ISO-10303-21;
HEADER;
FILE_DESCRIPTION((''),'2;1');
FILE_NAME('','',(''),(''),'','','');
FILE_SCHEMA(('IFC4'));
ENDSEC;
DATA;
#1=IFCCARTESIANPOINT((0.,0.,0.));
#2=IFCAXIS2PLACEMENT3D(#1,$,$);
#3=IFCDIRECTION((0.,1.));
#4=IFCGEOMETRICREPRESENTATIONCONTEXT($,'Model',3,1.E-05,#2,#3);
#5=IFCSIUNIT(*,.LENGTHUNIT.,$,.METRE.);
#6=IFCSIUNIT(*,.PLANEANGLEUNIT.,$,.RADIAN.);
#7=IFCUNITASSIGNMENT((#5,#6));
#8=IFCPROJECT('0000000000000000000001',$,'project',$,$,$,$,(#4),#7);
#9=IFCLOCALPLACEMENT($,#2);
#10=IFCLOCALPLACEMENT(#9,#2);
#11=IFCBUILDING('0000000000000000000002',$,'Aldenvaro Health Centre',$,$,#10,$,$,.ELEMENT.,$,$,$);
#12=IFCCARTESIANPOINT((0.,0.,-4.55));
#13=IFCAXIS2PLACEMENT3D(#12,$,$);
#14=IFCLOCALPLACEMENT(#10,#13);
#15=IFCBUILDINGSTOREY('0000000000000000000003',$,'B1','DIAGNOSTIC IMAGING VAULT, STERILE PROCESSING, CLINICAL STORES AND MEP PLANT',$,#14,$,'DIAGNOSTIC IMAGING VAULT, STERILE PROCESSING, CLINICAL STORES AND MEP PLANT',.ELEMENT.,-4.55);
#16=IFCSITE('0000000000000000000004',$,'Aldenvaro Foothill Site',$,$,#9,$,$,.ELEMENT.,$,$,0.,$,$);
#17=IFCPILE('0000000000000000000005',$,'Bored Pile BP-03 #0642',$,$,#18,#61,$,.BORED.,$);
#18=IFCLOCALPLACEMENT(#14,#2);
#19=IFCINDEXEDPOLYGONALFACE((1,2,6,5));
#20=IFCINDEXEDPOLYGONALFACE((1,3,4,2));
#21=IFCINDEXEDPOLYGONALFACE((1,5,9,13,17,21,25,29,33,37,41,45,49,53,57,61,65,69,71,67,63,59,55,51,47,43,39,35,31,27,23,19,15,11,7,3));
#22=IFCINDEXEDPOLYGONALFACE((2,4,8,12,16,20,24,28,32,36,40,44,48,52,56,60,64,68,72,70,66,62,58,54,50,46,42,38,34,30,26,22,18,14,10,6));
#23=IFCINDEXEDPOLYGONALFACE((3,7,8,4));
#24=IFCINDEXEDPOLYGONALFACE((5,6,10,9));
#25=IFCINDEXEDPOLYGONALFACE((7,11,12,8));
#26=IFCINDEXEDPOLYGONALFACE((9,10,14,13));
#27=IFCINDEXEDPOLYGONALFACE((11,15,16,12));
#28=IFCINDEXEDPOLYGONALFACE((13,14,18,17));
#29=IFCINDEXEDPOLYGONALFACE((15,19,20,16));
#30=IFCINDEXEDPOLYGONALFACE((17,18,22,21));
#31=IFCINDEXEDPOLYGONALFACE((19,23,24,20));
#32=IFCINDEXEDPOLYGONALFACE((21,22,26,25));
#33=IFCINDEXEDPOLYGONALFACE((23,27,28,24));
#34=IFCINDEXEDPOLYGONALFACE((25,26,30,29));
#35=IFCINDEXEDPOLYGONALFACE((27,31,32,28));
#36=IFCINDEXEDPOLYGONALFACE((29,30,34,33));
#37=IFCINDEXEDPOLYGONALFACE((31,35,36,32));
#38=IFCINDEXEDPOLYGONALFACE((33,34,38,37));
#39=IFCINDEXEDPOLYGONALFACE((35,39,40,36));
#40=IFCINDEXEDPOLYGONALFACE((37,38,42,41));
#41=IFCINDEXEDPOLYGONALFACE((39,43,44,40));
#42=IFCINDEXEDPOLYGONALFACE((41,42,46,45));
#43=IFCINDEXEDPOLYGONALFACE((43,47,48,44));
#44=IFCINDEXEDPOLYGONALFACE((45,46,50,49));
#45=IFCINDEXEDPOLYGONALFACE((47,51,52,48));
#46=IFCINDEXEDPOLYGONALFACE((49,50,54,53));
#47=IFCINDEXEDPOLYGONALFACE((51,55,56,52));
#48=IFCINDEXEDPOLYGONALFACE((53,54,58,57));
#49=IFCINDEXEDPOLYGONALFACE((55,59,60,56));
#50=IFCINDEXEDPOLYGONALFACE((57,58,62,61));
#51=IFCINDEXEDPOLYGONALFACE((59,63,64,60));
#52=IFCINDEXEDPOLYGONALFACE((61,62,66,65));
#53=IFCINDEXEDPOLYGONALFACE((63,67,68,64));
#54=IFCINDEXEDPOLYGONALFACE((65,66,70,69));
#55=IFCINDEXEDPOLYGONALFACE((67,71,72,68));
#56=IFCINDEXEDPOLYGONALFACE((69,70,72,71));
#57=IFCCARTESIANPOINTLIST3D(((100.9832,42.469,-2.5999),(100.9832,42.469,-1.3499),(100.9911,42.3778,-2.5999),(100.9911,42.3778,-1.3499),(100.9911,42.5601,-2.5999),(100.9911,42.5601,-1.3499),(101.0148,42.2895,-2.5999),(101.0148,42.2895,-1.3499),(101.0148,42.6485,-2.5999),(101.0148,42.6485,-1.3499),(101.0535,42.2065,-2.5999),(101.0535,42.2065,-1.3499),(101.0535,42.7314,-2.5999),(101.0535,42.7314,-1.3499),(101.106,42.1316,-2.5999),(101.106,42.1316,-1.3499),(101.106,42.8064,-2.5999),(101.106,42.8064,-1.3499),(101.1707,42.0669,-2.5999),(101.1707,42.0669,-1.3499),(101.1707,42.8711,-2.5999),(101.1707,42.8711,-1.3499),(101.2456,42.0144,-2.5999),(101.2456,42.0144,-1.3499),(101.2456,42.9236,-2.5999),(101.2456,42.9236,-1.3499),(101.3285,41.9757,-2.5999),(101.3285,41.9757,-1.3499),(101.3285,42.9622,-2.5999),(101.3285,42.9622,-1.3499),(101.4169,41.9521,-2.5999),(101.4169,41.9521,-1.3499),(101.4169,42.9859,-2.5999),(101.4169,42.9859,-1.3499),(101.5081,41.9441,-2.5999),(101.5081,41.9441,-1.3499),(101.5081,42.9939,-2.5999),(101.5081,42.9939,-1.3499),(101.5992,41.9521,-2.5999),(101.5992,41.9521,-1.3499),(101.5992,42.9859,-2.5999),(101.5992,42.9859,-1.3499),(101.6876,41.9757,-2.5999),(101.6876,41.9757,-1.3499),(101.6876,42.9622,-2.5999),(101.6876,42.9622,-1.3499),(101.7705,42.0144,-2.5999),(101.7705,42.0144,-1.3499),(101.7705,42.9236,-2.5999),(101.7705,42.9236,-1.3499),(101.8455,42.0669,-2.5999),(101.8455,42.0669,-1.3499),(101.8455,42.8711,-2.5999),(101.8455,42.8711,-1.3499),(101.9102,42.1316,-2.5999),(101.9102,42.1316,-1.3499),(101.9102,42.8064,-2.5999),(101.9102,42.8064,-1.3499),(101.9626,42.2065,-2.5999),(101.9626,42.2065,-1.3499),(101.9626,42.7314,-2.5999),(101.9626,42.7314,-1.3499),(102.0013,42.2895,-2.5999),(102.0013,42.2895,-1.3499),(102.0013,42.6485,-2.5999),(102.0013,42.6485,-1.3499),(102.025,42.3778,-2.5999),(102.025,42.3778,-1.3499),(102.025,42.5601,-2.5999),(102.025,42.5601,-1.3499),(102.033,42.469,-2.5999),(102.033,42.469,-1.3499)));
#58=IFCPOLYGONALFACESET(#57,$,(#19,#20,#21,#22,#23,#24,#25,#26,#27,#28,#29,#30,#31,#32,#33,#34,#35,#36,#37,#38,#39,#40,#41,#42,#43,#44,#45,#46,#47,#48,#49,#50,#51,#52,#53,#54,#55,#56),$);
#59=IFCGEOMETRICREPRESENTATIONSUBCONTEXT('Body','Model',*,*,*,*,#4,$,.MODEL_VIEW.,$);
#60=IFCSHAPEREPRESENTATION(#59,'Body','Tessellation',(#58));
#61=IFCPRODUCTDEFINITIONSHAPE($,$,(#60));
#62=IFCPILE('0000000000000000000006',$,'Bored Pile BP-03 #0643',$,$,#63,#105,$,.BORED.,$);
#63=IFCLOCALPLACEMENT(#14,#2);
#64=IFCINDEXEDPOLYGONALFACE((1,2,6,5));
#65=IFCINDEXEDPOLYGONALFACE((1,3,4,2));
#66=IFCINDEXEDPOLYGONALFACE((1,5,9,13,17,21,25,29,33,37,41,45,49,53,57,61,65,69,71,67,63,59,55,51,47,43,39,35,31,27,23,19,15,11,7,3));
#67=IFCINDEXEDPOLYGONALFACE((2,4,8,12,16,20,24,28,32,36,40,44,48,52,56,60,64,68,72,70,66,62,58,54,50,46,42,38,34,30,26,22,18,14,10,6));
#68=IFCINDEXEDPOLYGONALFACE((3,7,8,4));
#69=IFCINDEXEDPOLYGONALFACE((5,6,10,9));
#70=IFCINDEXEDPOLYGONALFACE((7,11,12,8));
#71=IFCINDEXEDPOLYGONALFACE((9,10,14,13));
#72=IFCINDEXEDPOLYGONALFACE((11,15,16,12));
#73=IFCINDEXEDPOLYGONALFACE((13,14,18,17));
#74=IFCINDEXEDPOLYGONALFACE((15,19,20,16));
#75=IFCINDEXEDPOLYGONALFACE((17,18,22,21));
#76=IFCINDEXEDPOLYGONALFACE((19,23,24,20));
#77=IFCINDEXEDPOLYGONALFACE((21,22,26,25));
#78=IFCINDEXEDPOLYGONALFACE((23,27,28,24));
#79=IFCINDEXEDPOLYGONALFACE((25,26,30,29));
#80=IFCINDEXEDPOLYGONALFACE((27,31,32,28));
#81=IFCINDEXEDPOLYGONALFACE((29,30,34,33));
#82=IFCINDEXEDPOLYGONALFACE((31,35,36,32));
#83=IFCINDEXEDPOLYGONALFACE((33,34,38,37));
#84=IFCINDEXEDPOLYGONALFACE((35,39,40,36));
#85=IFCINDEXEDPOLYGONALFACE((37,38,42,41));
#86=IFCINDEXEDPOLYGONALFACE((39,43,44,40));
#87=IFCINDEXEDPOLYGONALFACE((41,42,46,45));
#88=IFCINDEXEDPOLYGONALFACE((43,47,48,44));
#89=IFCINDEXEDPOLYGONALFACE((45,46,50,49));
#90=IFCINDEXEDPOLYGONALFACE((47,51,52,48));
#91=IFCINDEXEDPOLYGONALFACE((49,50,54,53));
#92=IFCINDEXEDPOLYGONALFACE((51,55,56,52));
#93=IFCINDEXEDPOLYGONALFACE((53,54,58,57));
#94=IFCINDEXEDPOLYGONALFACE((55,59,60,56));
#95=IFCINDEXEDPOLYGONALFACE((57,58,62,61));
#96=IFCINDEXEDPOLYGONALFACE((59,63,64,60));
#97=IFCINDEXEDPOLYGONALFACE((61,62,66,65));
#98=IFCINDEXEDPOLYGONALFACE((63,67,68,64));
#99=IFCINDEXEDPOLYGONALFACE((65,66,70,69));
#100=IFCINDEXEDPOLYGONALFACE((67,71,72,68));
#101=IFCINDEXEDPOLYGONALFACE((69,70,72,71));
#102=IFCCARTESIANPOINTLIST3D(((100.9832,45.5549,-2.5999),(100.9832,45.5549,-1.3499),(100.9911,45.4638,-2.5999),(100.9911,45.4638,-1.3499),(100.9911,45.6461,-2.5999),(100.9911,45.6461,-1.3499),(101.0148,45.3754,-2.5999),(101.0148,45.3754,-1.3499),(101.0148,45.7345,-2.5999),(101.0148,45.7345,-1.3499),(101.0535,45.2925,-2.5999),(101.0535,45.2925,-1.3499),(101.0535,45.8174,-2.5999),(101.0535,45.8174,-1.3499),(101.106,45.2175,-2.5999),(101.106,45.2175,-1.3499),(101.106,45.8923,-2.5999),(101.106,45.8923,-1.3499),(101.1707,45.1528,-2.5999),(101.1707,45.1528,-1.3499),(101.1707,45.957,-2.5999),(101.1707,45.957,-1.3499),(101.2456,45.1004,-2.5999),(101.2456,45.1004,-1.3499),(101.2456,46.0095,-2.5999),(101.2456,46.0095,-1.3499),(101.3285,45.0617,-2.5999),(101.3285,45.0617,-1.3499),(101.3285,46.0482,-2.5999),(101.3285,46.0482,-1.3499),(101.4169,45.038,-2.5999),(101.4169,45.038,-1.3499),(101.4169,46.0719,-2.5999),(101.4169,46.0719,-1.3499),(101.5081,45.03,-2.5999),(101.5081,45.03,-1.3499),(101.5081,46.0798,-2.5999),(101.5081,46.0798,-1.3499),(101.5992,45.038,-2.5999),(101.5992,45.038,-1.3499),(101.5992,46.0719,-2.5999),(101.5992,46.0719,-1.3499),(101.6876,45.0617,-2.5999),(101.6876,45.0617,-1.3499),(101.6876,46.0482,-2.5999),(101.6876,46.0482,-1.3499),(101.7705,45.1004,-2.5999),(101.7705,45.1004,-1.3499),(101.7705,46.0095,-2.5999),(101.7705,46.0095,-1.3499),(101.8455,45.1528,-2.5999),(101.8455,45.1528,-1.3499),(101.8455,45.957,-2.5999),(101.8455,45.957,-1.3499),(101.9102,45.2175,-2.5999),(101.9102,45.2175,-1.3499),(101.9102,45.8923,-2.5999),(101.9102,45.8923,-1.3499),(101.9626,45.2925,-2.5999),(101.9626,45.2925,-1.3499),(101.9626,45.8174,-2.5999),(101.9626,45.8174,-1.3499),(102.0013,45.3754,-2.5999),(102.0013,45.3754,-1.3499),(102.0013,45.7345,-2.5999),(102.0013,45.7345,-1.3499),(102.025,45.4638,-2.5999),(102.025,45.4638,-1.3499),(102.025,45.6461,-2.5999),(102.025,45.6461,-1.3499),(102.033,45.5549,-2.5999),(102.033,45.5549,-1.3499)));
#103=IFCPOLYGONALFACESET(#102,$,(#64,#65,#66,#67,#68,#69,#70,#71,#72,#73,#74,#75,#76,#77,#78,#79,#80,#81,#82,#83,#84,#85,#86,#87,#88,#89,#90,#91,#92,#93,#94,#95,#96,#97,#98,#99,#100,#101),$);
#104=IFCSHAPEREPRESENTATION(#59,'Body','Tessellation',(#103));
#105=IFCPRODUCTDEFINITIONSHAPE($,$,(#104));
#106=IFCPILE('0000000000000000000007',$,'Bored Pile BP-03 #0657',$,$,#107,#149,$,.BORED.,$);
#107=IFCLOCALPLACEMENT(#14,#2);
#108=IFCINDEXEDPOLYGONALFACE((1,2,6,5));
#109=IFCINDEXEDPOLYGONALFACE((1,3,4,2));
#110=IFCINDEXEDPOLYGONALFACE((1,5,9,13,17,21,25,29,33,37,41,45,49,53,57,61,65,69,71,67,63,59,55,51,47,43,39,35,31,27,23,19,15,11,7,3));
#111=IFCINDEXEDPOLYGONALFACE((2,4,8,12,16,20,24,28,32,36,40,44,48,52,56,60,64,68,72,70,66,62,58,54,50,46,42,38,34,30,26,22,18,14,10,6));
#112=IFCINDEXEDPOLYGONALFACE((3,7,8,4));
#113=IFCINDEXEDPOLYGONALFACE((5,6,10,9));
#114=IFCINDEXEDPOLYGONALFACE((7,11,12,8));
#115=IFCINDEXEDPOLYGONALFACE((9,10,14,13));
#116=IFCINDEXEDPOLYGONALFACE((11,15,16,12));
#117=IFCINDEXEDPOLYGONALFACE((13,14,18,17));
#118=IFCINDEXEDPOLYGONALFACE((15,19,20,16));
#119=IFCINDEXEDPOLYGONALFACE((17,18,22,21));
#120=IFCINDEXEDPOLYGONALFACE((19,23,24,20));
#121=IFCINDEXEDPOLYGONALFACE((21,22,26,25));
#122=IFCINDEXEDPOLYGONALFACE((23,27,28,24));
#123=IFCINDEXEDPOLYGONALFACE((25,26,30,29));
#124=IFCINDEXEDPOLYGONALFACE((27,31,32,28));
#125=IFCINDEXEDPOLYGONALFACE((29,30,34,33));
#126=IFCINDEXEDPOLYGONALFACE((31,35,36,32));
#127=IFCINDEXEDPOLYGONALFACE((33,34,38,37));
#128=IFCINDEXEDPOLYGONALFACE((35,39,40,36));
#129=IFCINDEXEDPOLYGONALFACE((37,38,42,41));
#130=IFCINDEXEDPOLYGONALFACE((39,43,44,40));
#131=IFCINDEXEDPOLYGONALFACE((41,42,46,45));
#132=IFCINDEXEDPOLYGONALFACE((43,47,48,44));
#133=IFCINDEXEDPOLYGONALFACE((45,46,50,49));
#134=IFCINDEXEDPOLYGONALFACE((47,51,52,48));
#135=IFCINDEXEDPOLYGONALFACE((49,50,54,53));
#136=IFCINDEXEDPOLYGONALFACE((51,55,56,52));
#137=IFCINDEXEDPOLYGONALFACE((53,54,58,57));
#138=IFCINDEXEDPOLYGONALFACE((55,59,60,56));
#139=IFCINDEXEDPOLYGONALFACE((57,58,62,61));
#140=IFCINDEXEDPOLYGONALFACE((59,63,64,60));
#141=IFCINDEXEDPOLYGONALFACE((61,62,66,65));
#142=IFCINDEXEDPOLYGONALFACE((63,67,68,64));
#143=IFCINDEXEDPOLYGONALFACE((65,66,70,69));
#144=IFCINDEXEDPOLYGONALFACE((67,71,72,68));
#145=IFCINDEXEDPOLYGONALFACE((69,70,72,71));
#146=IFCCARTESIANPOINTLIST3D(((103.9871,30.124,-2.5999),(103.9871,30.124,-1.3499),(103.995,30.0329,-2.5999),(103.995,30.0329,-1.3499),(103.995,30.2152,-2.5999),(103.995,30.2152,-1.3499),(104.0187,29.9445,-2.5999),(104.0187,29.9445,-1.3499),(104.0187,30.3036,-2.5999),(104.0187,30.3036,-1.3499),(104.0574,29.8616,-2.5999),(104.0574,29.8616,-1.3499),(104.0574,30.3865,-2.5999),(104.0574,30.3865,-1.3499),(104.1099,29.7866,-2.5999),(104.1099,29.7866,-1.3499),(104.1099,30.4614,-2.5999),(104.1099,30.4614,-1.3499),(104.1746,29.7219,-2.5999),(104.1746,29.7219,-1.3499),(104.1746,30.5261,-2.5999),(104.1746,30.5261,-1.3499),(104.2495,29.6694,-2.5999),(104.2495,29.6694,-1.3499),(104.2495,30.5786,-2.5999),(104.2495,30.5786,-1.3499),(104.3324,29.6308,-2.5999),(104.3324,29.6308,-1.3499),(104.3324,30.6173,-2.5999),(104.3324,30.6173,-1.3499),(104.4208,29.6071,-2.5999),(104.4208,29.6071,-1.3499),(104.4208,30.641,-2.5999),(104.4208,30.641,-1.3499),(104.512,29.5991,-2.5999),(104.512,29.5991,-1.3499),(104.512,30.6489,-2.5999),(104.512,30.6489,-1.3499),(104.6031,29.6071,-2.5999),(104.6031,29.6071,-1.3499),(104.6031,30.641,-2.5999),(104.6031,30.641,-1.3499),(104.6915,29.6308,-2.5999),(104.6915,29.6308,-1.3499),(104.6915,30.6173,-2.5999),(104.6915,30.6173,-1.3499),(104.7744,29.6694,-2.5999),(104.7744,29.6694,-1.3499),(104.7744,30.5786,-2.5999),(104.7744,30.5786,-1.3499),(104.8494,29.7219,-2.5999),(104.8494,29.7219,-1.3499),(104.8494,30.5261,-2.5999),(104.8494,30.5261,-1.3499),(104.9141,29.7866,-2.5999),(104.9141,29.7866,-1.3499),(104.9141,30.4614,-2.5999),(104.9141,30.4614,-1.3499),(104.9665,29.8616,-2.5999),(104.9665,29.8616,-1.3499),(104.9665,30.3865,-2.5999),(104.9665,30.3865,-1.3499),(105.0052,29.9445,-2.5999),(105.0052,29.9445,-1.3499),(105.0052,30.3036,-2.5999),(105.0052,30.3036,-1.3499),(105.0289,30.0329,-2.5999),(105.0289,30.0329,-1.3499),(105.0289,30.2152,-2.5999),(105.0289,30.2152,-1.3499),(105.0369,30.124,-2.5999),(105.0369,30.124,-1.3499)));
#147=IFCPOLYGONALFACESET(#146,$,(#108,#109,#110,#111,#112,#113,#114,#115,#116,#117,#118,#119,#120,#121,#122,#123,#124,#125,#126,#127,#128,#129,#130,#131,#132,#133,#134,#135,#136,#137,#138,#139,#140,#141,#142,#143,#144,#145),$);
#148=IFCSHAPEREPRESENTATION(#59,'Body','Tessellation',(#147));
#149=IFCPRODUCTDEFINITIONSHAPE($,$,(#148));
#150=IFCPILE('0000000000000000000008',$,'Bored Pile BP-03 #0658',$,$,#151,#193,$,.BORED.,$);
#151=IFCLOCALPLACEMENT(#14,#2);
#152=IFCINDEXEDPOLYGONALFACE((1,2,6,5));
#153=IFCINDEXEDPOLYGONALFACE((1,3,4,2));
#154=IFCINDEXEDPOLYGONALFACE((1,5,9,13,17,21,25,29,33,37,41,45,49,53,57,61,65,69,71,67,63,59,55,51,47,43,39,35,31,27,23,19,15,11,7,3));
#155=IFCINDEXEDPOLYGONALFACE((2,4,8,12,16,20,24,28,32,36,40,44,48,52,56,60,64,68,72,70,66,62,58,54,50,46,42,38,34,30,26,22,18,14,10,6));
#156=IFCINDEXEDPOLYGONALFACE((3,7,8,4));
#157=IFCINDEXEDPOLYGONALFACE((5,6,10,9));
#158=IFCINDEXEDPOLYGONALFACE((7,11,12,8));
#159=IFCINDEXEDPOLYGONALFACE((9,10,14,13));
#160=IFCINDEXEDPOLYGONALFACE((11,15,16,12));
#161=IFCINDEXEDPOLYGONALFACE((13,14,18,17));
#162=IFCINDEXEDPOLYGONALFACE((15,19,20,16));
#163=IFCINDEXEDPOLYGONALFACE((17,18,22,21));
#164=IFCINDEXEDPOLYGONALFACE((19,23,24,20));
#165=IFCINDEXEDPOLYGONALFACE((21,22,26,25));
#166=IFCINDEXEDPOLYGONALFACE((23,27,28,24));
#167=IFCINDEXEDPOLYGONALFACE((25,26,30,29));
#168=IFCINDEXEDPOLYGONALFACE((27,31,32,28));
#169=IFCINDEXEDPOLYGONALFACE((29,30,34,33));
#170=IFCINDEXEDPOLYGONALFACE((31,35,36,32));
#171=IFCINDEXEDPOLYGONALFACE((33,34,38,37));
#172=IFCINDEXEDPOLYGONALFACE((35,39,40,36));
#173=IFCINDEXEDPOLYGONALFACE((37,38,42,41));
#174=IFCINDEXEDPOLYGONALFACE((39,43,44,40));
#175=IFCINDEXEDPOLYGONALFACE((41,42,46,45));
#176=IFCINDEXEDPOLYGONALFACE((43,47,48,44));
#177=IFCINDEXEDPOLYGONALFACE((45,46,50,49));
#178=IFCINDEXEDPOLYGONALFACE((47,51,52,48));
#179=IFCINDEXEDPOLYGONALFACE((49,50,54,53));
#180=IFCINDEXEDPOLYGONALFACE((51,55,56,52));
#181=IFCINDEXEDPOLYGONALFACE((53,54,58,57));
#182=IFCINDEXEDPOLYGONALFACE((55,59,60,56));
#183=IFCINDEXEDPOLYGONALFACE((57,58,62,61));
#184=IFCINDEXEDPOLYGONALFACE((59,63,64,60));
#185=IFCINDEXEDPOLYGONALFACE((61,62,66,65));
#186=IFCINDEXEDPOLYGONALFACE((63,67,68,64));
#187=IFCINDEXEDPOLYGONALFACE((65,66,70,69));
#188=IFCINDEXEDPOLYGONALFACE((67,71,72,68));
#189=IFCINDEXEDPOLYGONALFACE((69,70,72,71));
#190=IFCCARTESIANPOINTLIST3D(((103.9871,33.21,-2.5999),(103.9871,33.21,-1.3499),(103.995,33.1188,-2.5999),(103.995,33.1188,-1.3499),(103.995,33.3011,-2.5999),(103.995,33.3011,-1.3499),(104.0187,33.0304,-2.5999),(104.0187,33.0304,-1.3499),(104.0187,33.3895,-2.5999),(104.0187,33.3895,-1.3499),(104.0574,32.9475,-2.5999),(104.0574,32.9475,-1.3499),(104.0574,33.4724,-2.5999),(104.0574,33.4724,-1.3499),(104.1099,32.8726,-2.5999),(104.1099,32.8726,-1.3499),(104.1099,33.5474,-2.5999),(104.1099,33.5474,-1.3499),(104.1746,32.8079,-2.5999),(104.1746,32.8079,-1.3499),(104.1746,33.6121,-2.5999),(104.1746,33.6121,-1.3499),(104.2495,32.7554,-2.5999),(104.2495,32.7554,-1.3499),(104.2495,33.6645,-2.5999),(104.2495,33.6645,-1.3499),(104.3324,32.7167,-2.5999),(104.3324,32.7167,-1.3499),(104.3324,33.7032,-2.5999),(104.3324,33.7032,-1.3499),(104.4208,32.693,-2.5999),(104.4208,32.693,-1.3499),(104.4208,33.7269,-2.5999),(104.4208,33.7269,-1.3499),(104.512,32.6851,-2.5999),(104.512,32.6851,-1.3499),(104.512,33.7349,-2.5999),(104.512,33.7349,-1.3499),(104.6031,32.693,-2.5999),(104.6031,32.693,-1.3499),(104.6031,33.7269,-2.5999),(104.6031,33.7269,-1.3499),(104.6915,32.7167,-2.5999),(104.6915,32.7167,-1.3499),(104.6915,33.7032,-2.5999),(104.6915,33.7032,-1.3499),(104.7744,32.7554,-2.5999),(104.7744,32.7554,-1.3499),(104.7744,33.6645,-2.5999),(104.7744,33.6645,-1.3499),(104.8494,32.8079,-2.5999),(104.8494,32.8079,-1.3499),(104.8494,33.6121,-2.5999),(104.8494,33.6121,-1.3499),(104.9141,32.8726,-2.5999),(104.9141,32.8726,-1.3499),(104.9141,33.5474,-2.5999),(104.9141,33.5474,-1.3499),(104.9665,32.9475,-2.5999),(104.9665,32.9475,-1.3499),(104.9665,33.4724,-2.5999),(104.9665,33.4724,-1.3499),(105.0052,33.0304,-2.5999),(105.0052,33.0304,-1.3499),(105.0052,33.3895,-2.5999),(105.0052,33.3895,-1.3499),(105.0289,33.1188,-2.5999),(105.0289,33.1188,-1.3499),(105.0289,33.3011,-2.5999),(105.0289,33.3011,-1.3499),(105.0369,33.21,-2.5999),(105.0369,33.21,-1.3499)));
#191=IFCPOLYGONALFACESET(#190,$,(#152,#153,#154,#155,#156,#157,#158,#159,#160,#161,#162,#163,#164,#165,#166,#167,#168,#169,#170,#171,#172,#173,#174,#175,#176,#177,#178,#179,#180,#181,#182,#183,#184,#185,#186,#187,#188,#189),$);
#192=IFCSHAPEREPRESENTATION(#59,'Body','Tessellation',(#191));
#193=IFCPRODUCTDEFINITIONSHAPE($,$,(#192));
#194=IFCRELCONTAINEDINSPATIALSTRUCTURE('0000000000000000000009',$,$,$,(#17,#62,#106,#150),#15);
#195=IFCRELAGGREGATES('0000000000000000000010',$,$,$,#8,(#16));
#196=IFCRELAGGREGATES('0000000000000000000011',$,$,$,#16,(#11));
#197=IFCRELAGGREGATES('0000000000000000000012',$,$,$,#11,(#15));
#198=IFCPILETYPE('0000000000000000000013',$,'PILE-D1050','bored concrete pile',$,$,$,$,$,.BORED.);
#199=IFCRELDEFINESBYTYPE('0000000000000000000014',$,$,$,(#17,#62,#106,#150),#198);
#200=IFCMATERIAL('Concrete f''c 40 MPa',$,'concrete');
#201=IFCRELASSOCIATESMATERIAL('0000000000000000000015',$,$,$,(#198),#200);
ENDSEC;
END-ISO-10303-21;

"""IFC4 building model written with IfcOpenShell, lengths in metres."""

from ifc_helpers import new_model, si_unit, direction, frame, origin, origin_2d, place, context, subcontext, project, spatial, circle, extrude, material, material_profile, profile_set, type_object, element, save


model = new_model("IFC4")

# Units and contexts
model_context = context("Model", 3, precision=1e-05, world=origin(), true_north=direction((0.0, 1.0)))
body_context = subcontext(model_context, "Body", "Model", "MODEL_VIEW")
ifc_project = project(units=[si_unit("LENGTHUNIT", "METRE"), si_unit("PLANEANGLEUNIT", "RADIAN")], contexts=[model_context])

# Site, building, storey
site_placement = place(None, origin())
site = spatial("IfcSite", under=ifc_project, at=site_placement, Name="Aldenvaro Foothill Site", CompositionType="ELEMENT", RefElevation=0.0)
building_placement = place(site_placement, origin())
building = spatial("IfcBuilding", under=site, at=building_placement, Name="Aldenvaro Health Centre", CompositionType="ELEMENT")
storey_placement = place(building_placement, frame((0.0, 0.0, -4.55)))
storey = spatial("IfcBuildingStorey", under=building, at=storey_placement, Name="B1", Description="DIAGNOSTIC IMAGING VAULT, STERILE PROCESSING, CLINICAL STORES AND MEP PLANT", LongName="DIAGNOSTIC IMAGING VAULT, STERILE PROCESSING, CLINICAL STORES AND MEP PLANT", CompositionType="ELEMENT", Elevation=-4.55)

# Piles
ifc_material = material(Name="Concrete f'c 40 MPa", Category="concrete")
ifc_material_profile_1 = material_profile(ifc_material, circle(Radius=0.5249, at=origin_2d()), Name="PILE D1050", Category="concrete")
ifc_profile_set_1 = profile_set([ifc_material_profile_1], Name="Concrete f'c 40 MPa")
pile_type = type_object("IfcPileType", Name="PILE-D1050", Description="bored concrete pile", PredefinedType="BORED", material=ifc_profile_set_1)
for number, where, z_axis, x_axis, name in (
    (1, (101.5081, 42.469, -1.3499), (0.0, 0.0, -1.0), (1.0, 0.0, 0.0), "Bored Pile BP-03 #0642"),
    (2, (101.5081, 45.5549, -1.3499), (0.0, 0.0, -1.0), (1.0, 0.0, 0.0), "Bored Pile BP-03 #0643"),
    (3, (104.512, 30.124, -1.3499), (0.0, 0.0, -1.0), (1.0, 0.0, 0.0), "Bored Pile BP-03 #0657"),
    (4, (104.512, 33.21, -1.3499), (0.0, 0.0, -1.0), (1.0, 0.0, 0.0), "Bored Pile BP-03 #0658"),
):
    element("IfcPile", number, at=place(storey_placement, frame(where, z_axis=z_axis, x_axis=x_axis)), inside=storey, type_object=pile_type, Name=name, PredefinedType="BORED", context=body_context, shape_type="SweptSolid", body=[
        extrude(circle(Radius=0.5249, at=origin_2d()), origin(), (0.0, 0.0, 1.0), 1.25),
    ])

save(model, "model.ifc")
